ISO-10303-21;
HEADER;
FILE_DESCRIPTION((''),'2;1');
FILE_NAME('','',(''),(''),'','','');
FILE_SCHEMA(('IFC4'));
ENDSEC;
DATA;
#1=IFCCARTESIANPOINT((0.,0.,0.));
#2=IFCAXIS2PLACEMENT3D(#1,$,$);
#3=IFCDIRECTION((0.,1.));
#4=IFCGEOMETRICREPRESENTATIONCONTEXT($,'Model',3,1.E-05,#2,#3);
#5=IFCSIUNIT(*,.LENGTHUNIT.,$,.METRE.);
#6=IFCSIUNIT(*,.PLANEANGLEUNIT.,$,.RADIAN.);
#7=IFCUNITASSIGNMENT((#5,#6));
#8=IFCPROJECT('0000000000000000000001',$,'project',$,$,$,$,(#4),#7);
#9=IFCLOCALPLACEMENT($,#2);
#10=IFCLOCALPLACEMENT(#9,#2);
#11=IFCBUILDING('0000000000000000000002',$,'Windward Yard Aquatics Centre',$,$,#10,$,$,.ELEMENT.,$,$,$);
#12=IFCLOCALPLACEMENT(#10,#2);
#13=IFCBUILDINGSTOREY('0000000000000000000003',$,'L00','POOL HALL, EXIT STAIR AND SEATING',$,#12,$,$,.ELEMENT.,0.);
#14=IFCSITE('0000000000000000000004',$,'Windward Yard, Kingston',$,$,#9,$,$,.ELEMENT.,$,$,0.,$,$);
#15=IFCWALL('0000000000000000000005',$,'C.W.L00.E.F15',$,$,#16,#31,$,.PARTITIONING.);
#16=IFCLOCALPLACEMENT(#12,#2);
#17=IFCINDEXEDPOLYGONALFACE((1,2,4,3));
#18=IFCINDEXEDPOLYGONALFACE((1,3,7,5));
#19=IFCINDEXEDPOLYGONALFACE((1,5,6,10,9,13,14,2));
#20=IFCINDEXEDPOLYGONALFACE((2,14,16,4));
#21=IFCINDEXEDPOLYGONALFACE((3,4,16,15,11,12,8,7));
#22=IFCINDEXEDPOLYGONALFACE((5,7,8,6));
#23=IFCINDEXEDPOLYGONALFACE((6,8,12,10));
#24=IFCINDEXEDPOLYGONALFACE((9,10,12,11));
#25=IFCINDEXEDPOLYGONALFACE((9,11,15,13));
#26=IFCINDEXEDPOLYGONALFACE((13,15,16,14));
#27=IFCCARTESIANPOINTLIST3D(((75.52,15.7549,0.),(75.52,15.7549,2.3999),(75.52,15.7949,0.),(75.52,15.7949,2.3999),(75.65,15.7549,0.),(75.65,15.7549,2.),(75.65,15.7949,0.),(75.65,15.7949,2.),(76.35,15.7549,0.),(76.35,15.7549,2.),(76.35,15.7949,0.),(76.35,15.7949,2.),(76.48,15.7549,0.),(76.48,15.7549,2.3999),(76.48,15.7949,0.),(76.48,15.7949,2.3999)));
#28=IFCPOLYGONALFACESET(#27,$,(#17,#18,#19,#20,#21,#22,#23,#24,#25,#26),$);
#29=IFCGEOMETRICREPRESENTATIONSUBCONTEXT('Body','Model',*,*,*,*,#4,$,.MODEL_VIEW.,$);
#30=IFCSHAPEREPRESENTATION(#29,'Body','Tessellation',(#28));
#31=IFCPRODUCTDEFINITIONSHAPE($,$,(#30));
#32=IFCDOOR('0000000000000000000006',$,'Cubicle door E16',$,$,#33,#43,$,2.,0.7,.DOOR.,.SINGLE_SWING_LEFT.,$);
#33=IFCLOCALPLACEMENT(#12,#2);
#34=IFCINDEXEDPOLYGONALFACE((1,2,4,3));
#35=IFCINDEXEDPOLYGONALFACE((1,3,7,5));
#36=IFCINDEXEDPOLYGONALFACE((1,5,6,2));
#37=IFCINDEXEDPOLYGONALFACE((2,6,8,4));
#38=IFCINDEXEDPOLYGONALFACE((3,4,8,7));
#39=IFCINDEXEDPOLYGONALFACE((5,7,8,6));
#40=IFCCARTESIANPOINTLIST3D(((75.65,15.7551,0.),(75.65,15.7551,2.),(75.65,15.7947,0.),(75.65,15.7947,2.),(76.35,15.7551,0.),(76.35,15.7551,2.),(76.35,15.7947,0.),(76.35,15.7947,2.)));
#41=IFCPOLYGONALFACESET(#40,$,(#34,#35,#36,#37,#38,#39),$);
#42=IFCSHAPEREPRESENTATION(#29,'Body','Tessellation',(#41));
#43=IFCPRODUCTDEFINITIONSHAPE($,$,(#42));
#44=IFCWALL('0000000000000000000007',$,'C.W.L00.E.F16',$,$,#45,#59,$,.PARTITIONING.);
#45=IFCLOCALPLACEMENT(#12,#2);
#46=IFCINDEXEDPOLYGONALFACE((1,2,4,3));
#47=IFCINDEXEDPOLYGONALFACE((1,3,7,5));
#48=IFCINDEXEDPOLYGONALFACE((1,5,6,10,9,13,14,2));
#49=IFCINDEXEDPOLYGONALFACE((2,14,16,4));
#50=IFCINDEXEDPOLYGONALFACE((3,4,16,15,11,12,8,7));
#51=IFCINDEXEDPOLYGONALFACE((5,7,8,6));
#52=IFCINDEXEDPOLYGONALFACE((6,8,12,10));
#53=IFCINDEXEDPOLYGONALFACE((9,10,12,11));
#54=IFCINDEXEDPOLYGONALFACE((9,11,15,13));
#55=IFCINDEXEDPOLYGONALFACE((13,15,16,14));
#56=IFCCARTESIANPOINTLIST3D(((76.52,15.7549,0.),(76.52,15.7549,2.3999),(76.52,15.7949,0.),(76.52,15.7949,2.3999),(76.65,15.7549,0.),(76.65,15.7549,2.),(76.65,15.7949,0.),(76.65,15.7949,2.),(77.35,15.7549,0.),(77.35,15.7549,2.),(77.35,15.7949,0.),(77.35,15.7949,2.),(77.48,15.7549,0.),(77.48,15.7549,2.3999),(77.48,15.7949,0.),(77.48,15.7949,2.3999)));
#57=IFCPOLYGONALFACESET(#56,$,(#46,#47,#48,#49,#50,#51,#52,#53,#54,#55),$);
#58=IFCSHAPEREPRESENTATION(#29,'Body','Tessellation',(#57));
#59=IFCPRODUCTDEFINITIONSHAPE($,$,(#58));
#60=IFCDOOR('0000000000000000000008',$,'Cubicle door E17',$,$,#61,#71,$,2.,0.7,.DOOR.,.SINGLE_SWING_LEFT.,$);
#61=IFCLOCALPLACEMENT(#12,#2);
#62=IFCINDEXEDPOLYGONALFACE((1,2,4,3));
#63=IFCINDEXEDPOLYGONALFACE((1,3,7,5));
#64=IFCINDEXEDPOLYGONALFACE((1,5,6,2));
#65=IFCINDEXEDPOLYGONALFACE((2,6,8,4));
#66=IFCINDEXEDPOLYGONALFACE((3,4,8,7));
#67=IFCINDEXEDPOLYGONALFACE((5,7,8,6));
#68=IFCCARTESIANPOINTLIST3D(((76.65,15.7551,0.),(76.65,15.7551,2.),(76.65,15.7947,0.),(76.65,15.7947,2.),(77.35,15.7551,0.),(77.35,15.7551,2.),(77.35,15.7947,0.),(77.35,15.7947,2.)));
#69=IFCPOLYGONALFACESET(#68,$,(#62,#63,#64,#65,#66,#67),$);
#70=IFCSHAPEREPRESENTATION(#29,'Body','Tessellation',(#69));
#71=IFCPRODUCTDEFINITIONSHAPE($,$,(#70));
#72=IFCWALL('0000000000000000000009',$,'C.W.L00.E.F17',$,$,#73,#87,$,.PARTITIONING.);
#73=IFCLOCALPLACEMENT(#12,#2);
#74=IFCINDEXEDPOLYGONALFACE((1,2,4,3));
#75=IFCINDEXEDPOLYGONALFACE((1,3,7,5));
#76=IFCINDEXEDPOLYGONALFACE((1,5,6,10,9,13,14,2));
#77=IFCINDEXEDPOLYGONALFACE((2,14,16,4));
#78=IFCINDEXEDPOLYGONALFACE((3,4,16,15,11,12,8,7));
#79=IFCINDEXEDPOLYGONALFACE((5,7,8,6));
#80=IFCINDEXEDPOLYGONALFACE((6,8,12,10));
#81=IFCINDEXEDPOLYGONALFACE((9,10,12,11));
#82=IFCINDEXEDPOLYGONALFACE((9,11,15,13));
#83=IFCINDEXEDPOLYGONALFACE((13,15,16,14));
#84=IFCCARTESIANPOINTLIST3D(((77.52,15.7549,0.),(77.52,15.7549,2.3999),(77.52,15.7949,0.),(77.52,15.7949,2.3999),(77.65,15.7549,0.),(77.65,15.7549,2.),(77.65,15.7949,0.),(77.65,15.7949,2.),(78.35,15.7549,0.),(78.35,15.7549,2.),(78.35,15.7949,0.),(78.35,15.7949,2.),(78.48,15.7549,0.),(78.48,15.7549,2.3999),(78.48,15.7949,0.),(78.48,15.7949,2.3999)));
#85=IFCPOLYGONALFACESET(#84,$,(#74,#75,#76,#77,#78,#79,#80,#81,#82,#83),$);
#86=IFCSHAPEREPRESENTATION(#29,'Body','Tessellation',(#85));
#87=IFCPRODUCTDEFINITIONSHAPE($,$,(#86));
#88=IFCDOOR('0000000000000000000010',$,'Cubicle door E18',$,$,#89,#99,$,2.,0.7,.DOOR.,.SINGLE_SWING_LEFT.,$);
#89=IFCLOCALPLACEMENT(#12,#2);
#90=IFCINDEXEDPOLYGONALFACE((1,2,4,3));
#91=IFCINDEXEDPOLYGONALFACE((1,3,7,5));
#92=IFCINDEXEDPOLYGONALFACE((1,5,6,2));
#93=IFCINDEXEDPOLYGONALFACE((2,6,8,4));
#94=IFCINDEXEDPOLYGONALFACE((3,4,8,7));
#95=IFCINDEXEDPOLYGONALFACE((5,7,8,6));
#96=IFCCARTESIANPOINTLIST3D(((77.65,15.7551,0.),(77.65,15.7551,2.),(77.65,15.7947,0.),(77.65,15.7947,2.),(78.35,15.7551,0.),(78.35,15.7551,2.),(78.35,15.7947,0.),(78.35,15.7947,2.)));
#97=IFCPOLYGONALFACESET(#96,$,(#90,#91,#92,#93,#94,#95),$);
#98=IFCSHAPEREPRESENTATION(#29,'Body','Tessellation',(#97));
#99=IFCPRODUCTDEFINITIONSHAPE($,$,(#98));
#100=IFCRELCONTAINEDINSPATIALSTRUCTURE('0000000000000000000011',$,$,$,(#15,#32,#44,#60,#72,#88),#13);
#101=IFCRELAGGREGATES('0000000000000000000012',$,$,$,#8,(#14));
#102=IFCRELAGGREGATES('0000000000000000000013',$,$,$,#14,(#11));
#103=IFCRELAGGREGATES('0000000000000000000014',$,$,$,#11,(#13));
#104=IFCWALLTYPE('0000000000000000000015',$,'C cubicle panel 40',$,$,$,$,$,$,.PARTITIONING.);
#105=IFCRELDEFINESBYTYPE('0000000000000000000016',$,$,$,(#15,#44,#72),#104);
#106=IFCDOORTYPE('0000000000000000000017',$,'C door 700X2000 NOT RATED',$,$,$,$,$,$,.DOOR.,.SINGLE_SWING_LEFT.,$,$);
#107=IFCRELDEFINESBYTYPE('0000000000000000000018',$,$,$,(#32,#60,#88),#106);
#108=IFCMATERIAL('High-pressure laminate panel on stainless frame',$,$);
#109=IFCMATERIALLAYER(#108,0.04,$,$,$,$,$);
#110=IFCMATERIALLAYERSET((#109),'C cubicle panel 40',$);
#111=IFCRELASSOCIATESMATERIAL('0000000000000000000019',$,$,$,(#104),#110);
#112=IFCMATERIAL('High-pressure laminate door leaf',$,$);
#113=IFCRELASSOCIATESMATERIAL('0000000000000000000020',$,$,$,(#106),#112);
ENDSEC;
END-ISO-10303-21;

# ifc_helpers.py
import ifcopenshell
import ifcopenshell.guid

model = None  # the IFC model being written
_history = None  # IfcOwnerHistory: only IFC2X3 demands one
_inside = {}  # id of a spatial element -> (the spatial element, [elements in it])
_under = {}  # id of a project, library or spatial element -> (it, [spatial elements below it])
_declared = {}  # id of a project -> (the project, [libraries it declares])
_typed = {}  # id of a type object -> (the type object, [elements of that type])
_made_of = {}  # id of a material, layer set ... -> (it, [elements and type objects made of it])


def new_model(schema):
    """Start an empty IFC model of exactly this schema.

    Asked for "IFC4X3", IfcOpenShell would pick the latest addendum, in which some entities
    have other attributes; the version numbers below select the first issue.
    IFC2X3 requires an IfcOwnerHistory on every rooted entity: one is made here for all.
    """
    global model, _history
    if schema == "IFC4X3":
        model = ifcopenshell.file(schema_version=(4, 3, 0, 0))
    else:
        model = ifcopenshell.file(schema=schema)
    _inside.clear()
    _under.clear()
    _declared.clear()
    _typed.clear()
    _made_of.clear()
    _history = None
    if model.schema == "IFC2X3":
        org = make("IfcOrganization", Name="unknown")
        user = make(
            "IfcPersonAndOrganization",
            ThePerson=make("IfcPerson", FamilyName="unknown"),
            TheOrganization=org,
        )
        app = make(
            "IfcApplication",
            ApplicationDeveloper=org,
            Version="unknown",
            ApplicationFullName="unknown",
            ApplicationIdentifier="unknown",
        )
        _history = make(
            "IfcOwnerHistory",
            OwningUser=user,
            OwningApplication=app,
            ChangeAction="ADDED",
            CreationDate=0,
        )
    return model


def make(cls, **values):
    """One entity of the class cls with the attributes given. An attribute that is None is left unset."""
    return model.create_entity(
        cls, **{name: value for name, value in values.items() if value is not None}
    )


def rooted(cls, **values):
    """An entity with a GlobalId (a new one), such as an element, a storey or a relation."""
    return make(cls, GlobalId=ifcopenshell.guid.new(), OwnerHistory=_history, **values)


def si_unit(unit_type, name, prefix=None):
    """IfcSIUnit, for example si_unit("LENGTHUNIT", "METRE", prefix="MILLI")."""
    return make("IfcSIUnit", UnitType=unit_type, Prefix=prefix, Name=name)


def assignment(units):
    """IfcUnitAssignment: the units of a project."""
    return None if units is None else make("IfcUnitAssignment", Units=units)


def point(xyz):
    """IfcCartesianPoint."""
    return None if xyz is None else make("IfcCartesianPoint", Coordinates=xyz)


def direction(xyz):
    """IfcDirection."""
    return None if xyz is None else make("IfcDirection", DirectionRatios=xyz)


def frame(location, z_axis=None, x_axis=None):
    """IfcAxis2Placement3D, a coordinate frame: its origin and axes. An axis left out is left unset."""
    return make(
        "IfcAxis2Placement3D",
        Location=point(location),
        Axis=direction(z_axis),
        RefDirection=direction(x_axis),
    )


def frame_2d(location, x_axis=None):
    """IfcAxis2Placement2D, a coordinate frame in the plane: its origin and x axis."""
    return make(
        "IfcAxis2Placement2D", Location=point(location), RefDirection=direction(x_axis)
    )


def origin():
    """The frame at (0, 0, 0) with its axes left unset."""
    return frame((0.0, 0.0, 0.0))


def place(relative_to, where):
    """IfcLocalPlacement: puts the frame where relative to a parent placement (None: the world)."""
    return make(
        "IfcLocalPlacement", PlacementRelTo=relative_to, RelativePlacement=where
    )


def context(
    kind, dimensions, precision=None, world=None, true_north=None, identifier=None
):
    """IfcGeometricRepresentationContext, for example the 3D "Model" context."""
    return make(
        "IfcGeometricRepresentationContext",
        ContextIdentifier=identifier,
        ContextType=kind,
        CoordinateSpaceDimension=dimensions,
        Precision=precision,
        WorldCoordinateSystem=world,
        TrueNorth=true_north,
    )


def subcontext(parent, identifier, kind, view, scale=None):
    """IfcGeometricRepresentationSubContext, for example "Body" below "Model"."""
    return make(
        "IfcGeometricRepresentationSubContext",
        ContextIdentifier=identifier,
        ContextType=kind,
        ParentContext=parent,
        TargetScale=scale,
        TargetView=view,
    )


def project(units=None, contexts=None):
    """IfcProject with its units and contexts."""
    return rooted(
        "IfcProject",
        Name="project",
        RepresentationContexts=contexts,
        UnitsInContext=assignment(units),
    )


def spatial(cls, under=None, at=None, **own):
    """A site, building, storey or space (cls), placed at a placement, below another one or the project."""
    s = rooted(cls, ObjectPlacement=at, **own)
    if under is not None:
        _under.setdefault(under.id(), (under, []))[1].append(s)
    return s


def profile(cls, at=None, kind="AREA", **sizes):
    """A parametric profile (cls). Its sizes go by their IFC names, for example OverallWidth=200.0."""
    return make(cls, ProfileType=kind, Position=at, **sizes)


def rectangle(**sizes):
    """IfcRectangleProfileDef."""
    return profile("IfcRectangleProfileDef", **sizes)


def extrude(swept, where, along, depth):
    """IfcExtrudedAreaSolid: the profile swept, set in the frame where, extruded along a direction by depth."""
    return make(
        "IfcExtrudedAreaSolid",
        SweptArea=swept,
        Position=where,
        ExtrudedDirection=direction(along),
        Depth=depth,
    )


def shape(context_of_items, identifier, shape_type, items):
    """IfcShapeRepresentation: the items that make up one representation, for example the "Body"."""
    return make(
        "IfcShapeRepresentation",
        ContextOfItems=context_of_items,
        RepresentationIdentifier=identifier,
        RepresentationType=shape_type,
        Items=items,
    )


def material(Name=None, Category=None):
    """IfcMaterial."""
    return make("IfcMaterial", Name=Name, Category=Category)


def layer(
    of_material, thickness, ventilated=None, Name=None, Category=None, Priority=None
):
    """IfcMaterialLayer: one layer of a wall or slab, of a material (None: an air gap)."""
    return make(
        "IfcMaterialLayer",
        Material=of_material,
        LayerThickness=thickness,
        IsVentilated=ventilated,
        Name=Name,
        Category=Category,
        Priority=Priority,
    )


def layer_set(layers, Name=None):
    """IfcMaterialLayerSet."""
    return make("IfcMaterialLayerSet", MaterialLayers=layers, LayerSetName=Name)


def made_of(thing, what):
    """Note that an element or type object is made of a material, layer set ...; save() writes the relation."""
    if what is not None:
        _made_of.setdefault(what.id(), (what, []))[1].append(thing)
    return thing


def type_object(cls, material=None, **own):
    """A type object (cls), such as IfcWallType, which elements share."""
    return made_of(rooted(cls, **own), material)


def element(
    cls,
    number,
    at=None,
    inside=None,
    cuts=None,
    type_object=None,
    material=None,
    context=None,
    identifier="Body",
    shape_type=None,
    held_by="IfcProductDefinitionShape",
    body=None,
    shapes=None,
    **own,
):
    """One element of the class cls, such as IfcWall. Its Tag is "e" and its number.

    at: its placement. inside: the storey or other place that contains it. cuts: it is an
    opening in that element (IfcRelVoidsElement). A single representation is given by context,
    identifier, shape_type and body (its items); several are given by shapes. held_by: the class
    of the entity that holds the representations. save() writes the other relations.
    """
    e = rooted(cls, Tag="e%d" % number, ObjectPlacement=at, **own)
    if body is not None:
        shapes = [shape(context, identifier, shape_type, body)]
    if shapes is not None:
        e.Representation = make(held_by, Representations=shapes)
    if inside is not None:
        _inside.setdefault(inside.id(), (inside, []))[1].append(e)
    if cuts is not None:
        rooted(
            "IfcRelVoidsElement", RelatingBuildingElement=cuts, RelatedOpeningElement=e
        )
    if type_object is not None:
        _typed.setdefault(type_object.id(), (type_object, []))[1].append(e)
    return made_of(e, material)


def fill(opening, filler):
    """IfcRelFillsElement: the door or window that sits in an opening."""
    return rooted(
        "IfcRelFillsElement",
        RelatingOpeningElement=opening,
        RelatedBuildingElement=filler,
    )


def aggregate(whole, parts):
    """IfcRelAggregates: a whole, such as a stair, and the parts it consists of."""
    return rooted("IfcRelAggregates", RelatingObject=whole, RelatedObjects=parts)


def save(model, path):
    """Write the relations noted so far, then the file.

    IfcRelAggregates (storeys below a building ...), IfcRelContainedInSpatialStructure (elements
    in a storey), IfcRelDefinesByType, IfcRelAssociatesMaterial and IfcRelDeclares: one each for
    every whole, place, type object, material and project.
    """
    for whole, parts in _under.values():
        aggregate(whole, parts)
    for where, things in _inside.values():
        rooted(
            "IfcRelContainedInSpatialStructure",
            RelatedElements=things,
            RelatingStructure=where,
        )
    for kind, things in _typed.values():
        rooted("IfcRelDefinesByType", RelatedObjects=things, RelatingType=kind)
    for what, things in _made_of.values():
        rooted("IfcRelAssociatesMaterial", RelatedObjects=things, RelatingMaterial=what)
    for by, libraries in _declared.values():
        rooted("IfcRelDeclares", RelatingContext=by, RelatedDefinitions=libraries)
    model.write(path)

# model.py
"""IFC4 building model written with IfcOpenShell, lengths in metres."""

from ifc_helpers import new_model, si_unit, direction, frame, frame_2d, origin, place, context, subcontext, project, spatial, rectangle, extrude, material, layer, layer_set, type_object, element, fill, save


model = new_model("IFC4")

# Units and contexts
model_context = context("Model", 3, precision=1e-05, world=origin(), true_north=direction((0.0, 1.0)))
body_context = subcontext(model_context, "Body", "Model", "MODEL_VIEW")
ifc_project = project(units=[si_unit("LENGTHUNIT", "METRE"), si_unit("PLANEANGLEUNIT", "RADIAN")], contexts=[model_context])

# Site, building, storey
site_placement = place(None, origin())
site = spatial("IfcSite", under=ifc_project, at=site_placement, Name="Windward Yard, Kingston", CompositionType="ELEMENT", RefElevation=0.0)
building_placement = place(site_placement, origin())
building = spatial("IfcBuilding", under=site, at=building_placement, Name="Windward Yard Aquatics Centre", CompositionType="ELEMENT")
storey_placement = place(building_placement, origin())
storey = spatial("IfcBuildingStorey", under=building, at=storey_placement, Name="L00", Description="POOL HALL, EXIT STAIR AND SEATING", CompositionType="ELEMENT", Elevation=0.0)

# Shared definitions
ifc_material_1 = material(Name="High-pressure laminate panel on stainless frame")
ifc_layer = layer(ifc_material_1, 0.04)
ifc_layer_set = layer_set([ifc_layer], Name="C cubicle panel 40")
wall_type = type_object("IfcWallType", Name="C cubicle panel 40", PredefinedType="PARTITIONING", material=ifc_layer_set)

# Walls, openings, doors
ifc_material_2 = material(Name="High-pressure laminate door leaf")
door_type = type_object("IfcDoorType", Name="C door 700X2000 NOT RATED", OperationType="SINGLE_SWING_LEFT", PredefinedType="DOOR", material=ifc_material_2)
wall_1_placement = place(storey_placement, frame((75.52, 15.7749, 0.0), z_axis=(0.0, 0.0, 1.0), x_axis=(1.0, 0.0, 0.0)))
wall_1 = element("IfcWall", 1, at=wall_1_placement, inside=storey, type_object=wall_type, Name="C.W.L00.E.F15", PredefinedType="PARTITIONING", context=body_context, shape_type="SweptSolid", body=[
    extrude(rectangle(XDim=0.96, YDim=0.04, at=frame_2d((0.48, 0.0))), origin(), (0.0, 0.0, 1.0), 2.3999),
])
opening_1_placement = place(wall_1_placement, frame((0.1299, 0.0, 0.0)))
opening_1 = element("IfcOpeningElement", 2, at=opening_1_placement, cuts=wall_1, PredefinedType="OPENING", context=body_context, shape_type="SweptSolid", body=[
    extrude(rectangle(XDim=0.7, YDim=2.0, at=frame_2d((0.3501, 1.0))), frame((0.0, 0.03, 0.0), z_axis=(0.0, -1.0, 0.0), x_axis=(1.0, 0.0, 0.0)), (0.0, 0.0, 1.0), 0.0601),
])
door_1_placement = place(opening_1_placement, origin())
door_1 = element("IfcDoor", 3, at=door_1_placement, inside=storey, type_object=door_type, Name="Cubicle door E16", OperationType="SINGLE_SWING_LEFT", OverallHeight=2.0, OverallWidth=0.7, PredefinedType="DOOR", context=body_context, shape_type="SweptSolid", body=[
    extrude(rectangle(XDim=0.7, YDim=2.0, at=frame_2d((0.3501, 1.0))), frame((0.0, 0.0198, 0.0), z_axis=(0.0, -1.0, 0.0), x_axis=(1.0, 0.0, 0.0)), (0.0, 0.0, 1.0), 0.0396),
])
fill(opening_1, door_1)
wall_2_placement = place(storey_placement, frame((76.52, 15.7749, 0.0), z_axis=(0.0, 0.0, 1.0), x_axis=(1.0, 0.0, 0.0)))
wall_2 = element("IfcWall", 4, at=wall_2_placement, inside=storey, type_object=wall_type, Name="C.W.L00.E.F16", PredefinedType="PARTITIONING", context=body_context, shape_type="SweptSolid", body=[
    extrude(rectangle(XDim=0.96, YDim=0.04, at=frame_2d((0.48, 0.0))), origin(), (0.0, 0.0, 1.0), 2.3999),
])
opening_2_placement = place(wall_2_placement, frame((0.1299, 0.0, 0.0)))
opening_2 = element("IfcOpeningElement", 5, at=opening_2_placement, cuts=wall_2, PredefinedType="OPENING", context=body_context, shape_type="SweptSolid", body=[
    extrude(rectangle(XDim=0.7, YDim=2.0, at=frame_2d((0.3501, 1.0))), frame((0.0, 0.03, 0.0), z_axis=(0.0, -1.0, 0.0), x_axis=(1.0, 0.0, 0.0)), (0.0, 0.0, 1.0), 0.0601),
])
door_2_placement = place(opening_2_placement, origin())
door_2 = element("IfcDoor", 6, at=door_2_placement, inside=storey, type_object=door_type, Name="Cubicle door E17", OperationType="SINGLE_SWING_LEFT", OverallHeight=2.0, OverallWidth=0.7, PredefinedType="DOOR", context=body_context, shape_type="SweptSolid", body=[
    extrude(rectangle(XDim=0.7, YDim=2.0, at=frame_2d((0.3501, 1.0))), frame((0.0, 0.0198, 0.0), z_axis=(0.0, -1.0, 0.0), x_axis=(1.0, 0.0, 0.0)), (0.0, 0.0, 1.0), 0.0396),
])
fill(opening_2, door_2)
wall_3_placement = place(storey_placement, frame((77.52, 15.7749, 0.0), z_axis=(0.0, 0.0, 1.0), x_axis=(1.0, 0.0, 0.0)))
wall_3 = element("IfcWall", 7, at=wall_3_placement, inside=storey, type_object=wall_type, Name="C.W.L00.E.F17", PredefinedType="PARTITIONING", context=body_context, shape_type="SweptSolid", body=[
    extrude(rectangle(XDim=0.96, YDim=0.04, at=frame_2d((0.48, 0.0))), origin(), (0.0, 0.0, 1.0), 2.3999),
])
opening_3_placement = place(wall_3_placement, frame((0.1299, 0.0, 0.0)))
opening_3 = element("IfcOpeningElement", 8, at=opening_3_placement, cuts=wall_3, PredefinedType="OPENING", context=body_context, shape_type="SweptSolid", body=[
    extrude(rectangle(XDim=0.7, YDim=2.0, at=frame_2d((0.3501, 1.0))), frame((0.0, 0.03, 0.0), z_axis=(0.0, -1.0, 0.0), x_axis=(1.0, 0.0, 0.0)), (0.0, 0.0, 1.0), 0.0601),
])
door_3_placement = place(opening_3_placement, origin())
door_3 = element("IfcDoor", 9, at=door_3_placement, inside=storey, type_object=door_type, Name="Cubicle door E18", OperationType="SINGLE_SWING_LEFT", OverallHeight=2.0, OverallWidth=0.7, PredefinedType="DOOR", context=body_context, shape_type="SweptSolid", body=[
    extrude(rectangle(XDim=0.7, YDim=2.0, at=frame_2d((0.3501, 1.0))), frame((0.0, 0.0198, 0.0), z_axis=(0.0, -1.0, 0.0), x_axis=(1.0, 0.0, 0.0)), (0.0, 0.0, 1.0), 0.0396),
])
fill(opening_3, door_3)

save(model, "model.ifc")
